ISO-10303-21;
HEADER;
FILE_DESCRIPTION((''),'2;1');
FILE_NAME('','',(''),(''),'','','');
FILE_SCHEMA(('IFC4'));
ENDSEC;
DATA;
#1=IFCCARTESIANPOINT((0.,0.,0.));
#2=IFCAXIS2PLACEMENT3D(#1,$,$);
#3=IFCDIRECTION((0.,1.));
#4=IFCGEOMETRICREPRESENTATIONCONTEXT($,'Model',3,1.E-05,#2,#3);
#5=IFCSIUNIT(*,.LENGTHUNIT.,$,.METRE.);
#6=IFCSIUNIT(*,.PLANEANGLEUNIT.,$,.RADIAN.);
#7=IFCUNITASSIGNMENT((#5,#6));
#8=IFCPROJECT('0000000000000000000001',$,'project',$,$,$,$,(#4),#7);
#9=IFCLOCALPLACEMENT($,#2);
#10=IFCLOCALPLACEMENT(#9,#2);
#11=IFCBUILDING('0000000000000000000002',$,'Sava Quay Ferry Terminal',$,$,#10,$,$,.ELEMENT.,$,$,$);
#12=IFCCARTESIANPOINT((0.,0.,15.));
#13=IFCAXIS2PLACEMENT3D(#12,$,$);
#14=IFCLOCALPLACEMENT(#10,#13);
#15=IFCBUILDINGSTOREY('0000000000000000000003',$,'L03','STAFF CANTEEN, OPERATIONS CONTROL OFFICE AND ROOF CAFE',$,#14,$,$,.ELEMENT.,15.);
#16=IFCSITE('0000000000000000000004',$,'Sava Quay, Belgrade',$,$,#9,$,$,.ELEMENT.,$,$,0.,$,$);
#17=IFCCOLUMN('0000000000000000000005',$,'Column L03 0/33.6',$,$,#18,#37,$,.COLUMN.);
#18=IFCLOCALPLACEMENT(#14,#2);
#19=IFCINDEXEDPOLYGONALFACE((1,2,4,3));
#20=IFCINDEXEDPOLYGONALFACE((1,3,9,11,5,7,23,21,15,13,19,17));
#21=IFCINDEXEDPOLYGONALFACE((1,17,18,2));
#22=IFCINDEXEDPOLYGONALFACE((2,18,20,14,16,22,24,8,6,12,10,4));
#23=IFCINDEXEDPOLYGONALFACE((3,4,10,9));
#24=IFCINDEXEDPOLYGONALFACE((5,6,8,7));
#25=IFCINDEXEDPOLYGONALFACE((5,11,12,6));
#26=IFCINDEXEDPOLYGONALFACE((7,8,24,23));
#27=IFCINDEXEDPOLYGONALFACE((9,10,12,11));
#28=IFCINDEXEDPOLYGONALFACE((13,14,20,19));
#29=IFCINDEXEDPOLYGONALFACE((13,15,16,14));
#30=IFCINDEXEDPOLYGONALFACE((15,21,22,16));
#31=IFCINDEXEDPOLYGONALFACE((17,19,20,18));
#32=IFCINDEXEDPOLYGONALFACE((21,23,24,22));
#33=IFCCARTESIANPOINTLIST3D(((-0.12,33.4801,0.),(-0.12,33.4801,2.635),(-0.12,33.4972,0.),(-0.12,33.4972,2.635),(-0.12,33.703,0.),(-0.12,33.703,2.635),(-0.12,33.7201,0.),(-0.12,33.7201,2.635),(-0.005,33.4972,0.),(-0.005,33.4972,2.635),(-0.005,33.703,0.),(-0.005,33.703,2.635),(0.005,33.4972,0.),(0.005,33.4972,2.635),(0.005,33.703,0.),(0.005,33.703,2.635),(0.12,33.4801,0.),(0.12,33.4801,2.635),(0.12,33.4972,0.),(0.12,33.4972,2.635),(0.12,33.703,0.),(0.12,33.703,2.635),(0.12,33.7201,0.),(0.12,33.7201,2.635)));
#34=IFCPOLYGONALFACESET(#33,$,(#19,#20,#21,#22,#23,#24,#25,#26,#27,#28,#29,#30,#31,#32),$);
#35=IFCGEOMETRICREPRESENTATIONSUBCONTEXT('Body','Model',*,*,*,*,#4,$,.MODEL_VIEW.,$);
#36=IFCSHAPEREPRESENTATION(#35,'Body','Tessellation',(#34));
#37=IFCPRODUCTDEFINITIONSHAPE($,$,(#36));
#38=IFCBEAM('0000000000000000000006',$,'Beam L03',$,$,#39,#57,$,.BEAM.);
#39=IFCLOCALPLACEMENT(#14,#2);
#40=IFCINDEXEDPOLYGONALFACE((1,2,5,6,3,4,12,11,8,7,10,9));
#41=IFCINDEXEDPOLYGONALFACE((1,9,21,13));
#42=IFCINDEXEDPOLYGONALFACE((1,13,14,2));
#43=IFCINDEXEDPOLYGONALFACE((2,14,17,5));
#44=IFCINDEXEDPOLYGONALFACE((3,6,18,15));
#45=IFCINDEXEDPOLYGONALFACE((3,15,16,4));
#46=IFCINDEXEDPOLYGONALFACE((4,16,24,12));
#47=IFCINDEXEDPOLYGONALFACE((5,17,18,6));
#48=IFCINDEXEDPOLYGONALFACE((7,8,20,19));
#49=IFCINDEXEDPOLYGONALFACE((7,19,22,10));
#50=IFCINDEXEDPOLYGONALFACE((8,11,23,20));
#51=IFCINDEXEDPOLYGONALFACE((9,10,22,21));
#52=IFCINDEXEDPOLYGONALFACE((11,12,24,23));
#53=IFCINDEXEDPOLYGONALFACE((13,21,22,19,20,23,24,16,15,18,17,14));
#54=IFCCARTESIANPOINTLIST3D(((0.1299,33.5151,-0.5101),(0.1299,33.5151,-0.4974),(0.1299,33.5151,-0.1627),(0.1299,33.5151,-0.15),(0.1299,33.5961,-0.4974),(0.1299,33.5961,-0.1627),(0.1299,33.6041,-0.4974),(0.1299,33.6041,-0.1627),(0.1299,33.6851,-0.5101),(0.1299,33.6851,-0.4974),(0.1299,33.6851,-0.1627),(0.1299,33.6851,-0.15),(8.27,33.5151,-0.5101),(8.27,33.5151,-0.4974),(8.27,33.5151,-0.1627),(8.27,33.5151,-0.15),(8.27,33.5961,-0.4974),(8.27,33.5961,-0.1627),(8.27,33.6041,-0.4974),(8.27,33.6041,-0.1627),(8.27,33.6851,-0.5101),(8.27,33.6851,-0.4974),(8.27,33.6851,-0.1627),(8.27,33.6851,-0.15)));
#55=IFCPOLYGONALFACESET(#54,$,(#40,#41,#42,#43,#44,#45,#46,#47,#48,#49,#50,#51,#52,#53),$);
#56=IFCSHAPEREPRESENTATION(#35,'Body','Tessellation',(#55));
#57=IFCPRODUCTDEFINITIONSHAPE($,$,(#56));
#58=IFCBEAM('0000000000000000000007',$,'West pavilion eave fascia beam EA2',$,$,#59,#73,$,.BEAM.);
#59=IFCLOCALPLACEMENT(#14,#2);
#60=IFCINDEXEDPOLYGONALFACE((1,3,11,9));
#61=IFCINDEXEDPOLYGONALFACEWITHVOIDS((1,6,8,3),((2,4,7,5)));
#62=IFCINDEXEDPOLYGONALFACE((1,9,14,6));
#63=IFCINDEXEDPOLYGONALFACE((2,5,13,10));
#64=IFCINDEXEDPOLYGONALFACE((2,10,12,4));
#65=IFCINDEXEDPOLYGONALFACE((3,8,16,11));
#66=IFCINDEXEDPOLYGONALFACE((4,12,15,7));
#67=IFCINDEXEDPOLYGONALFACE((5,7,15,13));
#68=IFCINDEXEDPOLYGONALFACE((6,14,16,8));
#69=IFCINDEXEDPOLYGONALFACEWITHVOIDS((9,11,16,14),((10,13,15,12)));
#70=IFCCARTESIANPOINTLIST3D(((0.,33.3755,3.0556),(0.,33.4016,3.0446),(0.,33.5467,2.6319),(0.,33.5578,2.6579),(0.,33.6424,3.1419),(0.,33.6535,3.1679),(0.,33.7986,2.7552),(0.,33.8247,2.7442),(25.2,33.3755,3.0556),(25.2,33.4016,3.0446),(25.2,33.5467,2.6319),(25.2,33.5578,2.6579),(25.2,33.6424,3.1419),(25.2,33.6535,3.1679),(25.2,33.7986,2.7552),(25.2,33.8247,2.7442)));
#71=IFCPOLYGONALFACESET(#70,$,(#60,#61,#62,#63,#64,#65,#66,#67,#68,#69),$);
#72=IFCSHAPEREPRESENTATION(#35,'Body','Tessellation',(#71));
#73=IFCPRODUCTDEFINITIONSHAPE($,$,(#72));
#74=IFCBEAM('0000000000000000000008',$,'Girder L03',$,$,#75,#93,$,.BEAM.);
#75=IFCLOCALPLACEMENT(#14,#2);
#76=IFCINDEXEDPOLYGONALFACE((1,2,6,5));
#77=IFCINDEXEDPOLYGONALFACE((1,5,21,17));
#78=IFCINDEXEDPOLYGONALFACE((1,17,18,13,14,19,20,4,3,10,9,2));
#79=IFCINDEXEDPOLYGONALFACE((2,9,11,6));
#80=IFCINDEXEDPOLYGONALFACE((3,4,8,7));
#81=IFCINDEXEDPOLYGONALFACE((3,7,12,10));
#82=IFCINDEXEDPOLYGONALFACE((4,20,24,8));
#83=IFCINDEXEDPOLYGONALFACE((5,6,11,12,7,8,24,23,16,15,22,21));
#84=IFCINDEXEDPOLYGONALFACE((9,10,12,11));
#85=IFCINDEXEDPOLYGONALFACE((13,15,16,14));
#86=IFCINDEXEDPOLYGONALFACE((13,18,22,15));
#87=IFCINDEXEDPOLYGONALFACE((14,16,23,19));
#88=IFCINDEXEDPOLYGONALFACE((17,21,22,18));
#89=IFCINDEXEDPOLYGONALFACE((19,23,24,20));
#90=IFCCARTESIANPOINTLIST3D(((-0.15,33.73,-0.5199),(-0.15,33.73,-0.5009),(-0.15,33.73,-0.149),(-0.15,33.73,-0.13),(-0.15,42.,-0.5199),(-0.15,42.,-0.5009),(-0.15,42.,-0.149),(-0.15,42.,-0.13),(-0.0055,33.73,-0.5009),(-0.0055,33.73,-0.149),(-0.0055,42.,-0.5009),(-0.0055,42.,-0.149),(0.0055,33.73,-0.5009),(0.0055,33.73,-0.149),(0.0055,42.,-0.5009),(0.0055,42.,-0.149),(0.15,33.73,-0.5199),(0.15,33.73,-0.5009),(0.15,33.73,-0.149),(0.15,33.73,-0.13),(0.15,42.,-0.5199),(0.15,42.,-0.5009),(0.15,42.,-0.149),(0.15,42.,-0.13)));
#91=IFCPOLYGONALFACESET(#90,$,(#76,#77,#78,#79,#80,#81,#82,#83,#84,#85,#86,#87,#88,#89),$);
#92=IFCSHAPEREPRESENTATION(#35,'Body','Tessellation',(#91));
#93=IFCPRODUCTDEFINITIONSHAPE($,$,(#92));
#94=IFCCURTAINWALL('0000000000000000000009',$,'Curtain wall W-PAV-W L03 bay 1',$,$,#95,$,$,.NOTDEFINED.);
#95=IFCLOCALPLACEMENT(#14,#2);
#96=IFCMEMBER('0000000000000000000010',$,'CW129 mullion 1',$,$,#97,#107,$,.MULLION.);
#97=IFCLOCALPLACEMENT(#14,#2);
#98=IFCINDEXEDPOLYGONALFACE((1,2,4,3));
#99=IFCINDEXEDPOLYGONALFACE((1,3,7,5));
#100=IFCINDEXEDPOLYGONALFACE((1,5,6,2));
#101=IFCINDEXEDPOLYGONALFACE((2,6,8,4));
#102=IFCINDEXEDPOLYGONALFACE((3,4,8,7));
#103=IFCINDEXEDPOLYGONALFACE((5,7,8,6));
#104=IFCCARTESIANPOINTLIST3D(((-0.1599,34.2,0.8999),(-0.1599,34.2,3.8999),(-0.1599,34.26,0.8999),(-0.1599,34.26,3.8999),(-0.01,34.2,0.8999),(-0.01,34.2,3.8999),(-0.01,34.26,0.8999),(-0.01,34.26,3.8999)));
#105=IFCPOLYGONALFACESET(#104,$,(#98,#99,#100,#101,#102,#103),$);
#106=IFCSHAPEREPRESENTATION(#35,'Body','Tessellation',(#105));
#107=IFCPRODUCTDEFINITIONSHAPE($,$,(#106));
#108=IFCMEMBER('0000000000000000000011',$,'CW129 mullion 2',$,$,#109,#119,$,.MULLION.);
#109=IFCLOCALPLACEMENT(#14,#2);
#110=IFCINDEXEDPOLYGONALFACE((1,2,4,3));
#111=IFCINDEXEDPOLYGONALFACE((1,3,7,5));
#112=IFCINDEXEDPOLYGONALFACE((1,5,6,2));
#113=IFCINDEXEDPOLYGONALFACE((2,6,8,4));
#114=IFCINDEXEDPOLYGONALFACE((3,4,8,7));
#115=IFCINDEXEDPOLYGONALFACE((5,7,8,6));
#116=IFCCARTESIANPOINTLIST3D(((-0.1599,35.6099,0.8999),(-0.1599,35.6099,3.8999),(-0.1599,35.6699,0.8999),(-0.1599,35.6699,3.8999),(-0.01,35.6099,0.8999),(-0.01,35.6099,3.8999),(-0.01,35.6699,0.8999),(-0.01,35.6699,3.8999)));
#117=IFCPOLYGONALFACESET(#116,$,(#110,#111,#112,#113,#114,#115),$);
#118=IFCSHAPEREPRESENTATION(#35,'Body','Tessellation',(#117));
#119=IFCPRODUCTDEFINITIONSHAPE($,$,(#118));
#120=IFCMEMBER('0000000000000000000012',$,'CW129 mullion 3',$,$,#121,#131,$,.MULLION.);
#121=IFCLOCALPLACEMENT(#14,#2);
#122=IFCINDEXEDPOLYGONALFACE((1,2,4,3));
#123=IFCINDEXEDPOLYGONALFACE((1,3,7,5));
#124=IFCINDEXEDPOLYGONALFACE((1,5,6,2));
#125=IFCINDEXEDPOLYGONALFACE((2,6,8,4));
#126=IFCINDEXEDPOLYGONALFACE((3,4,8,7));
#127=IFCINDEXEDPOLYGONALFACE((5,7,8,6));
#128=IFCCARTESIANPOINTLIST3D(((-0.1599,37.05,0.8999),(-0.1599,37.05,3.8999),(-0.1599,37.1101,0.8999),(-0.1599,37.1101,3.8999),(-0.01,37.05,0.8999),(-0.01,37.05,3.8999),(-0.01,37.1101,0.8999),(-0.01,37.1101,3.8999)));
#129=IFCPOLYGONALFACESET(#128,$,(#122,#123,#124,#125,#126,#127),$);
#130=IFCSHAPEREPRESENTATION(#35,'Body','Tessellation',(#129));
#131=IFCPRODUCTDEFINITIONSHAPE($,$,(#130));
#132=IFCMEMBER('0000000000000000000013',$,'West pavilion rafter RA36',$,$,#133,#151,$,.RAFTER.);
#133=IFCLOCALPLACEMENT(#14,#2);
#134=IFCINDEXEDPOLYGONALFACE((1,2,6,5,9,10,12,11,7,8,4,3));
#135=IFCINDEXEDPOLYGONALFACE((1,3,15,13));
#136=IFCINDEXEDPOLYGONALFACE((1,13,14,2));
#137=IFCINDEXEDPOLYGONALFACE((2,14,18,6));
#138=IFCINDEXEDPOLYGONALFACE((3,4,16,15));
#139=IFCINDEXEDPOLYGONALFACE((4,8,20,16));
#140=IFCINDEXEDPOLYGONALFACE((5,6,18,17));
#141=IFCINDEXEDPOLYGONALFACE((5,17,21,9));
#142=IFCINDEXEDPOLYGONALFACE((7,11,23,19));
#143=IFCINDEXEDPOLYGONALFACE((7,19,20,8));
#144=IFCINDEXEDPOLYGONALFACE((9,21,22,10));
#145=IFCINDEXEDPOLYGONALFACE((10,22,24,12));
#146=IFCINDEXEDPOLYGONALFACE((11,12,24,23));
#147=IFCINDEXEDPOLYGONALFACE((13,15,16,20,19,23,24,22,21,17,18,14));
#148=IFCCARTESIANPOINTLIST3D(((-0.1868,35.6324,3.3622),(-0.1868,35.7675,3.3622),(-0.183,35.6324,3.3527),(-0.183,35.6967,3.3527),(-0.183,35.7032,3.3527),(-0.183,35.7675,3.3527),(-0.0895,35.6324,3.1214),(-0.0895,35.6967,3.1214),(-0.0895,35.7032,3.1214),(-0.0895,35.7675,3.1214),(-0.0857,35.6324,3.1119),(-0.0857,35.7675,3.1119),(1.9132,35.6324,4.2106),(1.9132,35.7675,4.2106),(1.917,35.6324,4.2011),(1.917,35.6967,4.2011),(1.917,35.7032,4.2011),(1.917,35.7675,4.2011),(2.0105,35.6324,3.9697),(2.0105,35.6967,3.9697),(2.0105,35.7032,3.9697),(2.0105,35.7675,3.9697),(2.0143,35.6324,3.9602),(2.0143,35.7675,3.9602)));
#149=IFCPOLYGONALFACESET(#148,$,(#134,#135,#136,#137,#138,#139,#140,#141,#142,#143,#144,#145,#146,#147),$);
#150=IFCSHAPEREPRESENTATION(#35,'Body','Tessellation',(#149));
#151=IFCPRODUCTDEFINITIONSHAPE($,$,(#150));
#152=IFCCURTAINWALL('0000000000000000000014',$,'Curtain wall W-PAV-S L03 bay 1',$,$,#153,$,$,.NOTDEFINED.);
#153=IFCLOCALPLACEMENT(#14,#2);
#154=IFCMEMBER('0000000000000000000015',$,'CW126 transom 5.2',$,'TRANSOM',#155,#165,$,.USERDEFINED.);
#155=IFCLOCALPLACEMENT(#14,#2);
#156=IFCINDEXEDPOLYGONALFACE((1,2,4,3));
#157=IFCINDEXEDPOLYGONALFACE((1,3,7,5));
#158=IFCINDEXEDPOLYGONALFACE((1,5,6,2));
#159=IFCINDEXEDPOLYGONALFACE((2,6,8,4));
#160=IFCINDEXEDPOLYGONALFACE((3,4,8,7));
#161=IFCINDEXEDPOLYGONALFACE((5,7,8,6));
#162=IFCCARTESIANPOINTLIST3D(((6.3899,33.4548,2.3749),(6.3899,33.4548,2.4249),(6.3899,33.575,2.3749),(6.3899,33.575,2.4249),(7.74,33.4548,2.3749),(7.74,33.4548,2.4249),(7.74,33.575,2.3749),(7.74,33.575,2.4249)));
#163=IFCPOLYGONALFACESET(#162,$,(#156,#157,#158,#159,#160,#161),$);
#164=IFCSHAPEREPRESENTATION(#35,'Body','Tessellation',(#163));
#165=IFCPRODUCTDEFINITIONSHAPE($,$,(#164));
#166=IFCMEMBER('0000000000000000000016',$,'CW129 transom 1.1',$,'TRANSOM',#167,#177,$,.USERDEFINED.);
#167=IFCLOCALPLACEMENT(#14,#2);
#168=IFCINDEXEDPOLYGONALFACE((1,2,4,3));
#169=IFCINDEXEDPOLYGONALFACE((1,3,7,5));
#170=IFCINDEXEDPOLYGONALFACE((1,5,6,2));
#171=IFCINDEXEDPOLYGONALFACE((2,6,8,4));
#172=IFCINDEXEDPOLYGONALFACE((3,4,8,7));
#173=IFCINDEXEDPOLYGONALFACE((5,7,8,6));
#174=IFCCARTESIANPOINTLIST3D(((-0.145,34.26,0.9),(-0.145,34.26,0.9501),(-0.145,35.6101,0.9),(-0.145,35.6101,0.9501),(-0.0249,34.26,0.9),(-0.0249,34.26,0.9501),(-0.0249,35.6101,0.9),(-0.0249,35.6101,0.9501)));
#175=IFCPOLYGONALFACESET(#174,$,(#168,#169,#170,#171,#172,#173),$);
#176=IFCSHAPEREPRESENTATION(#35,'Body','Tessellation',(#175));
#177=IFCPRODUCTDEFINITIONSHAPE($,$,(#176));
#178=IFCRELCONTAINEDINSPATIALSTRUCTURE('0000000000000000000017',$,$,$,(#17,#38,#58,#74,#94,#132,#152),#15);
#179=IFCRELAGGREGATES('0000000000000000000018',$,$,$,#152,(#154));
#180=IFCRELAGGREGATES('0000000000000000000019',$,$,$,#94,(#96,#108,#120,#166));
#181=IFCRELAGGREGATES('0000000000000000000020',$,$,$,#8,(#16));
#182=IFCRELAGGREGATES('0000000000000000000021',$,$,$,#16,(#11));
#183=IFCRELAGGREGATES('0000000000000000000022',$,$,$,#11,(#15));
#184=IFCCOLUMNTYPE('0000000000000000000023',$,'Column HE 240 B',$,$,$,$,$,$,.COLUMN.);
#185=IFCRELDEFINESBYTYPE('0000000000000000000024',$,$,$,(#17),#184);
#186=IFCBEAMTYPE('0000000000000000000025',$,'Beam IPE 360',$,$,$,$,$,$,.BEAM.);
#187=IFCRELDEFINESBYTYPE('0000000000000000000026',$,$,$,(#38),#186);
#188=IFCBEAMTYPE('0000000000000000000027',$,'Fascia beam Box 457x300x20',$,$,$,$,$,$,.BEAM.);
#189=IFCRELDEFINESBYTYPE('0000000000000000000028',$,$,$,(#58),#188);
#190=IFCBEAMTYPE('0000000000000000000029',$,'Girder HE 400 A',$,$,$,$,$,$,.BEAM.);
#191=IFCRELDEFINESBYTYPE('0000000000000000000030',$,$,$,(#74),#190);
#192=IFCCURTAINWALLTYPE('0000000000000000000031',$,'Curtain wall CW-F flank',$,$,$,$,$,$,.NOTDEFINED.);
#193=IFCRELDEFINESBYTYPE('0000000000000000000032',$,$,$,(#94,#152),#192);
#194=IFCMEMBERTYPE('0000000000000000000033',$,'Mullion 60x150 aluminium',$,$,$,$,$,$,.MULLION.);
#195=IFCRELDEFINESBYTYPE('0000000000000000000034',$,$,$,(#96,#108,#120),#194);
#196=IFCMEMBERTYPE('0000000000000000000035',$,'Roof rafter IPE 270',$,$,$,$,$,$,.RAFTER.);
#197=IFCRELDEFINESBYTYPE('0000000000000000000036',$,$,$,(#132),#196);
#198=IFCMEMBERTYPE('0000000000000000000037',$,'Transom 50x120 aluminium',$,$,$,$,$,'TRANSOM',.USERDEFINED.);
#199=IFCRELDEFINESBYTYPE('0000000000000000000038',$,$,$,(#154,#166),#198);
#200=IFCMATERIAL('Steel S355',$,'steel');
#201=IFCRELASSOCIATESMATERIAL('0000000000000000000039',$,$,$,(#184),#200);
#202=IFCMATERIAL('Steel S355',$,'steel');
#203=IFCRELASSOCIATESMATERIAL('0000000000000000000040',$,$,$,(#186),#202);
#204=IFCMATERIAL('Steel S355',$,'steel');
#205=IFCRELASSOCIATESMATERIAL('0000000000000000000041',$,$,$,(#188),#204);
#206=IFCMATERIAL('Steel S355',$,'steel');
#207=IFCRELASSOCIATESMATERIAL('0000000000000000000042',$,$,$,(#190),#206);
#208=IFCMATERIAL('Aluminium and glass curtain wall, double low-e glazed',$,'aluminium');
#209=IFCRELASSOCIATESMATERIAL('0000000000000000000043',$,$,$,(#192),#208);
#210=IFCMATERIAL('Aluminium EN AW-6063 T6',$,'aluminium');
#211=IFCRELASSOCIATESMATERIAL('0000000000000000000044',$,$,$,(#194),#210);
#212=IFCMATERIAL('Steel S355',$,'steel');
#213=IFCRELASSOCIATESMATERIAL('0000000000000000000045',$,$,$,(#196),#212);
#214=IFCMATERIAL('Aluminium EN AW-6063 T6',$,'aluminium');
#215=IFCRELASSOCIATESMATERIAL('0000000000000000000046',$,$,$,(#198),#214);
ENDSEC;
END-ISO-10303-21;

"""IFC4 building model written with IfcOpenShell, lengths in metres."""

from ifc_helpers import new_model, si_unit, direction, frame, origin, origin_2d, place, context, subcontext, project, spatial, polyline, rectangle, i_section, outline, extrude, material, material_profile, profile_set, type_object, element, aggregate, save


model = new_model("IFC4")

# Units and contexts
model_context = context("Model", 3, precision=1e-05, world=origin(), true_north=direction((0.0, 1.0)))
body_context = subcontext(model_context, "Body", "Model", "MODEL_VIEW")
ifc_project = project(units=[si_unit("LENGTHUNIT", "METRE"), si_unit("PLANEANGLEUNIT", "RADIAN")], contexts=[model_context])

# Site, building, storey
site_placement = place(None, origin())
site = spatial("IfcSite", under=ifc_project, at=site_placement, Name="Sava Quay, Belgrade", CompositionType="ELEMENT", RefElevation=0.0)
building_placement = place(site_placement, origin())
building = spatial("IfcBuilding", under=site, at=building_placement, Name="Sava Quay Ferry Terminal", CompositionType="ELEMENT")
storey_placement = place(building_placement, frame((0.0, 0.0, 15.0)))
storey = spatial("IfcBuildingStorey", under=building, at=storey_placement, Name="L03", Description="STAFF CANTEEN, OPERATIONS CONTROL OFFICE AND ROOF CAFE", CompositionType="ELEMENT", Elevation=15.0)

# Column
ifc_material_1 = material(Name="Steel S355", Category="steel")
ifc_material_profile_1 = material_profile(ifc_material_1, i_section(OverallWidth=0.24, OverallDepth=0.24, WebThickness=0.01, FlangeThickness=0.0171, at=origin_2d()), Name="HE 240 B")
ifc_profile_set_1 = profile_set([ifc_material_profile_1], Name="Steel S355")
column_type = type_object("IfcColumnType", Name="Column HE 240 B", PredefinedType="COLUMN", material=ifc_profile_set_1)
column_placement = place(storey_placement, frame((0.0, 33.6001, 0.0), z_axis=(0.0, 0.0, 1.0), x_axis=(1.0, 0.0, 0.0)))
element("IfcColumn", 1, at=column_placement, inside=storey, type_object=column_type, Name="Column L03 0/33.6", PredefinedType="COLUMN", context=body_context, shape_type="SweptSolid", body=[
    extrude(i_section(OverallWidth=0.24, OverallDepth=0.24, WebThickness=0.01, FlangeThickness=0.0171, at=origin_2d()), origin(), (0.0, 0.0, 1.0), 2.635),
])

# Beams
ifc_material_2 = material(Name="Steel S355", Category="steel")
ifc_material_profile_2 = material_profile(ifc_material_2, i_section(OverallWidth=0.1699, OverallDepth=0.3601, WebThickness=0.0081, FlangeThickness=0.0127, at=origin_2d()), Name="IPE 360")
ifc_profile_set_2 = profile_set([ifc_material_profile_2], Name="Steel S355")
beam_type_1 = type_object("IfcBeamType", Name="Beam IPE 360", PredefinedType="BEAM", material=ifc_profile_set_2)
beam_1_placement = place(storey_placement, frame((0.1299, 33.6001, -0.3301), z_axis=(1.0, 0.0, 0.0), x_axis=(0.0, 1.0, 0.0)))
element("IfcBeam", 2, at=beam_1_placement, inside=storey, type_object=beam_type_1, Name="Beam L03", PredefinedType="BEAM", context=body_context, shape_type="SweptSolid", body=[
    extrude(i_section(OverallWidth=0.1699, OverallDepth=0.3601, WebThickness=0.0081, FlangeThickness=0.0127, at=origin_2d()), origin(), (0.0, 0.0, 1.0), 8.1401),
])
ifc_material_3 = material(Name="Steel S355", Category="steel")
ifc_material_profile_3 = material_profile(ifc_material_3, outline(polyline([(-0.1499, -0.2285), (0.1499, -0.2285), (0.1499, 0.2285), (-0.1499, 0.2285), (-0.1499, -0.2285)]), holes=[polyline([(-0.1299, -0.2085), (-0.1299, 0.2085), (0.1299, 0.2085), (0.1299, -0.2085), (-0.1299, -0.2085)])]), Name="Box 457x300x20 built-up")
ifc_profile_set_3 = profile_set([ifc_material_profile_3], Name="Steel S355")
beam_type_2 = type_object("IfcBeamType", Name="Fascia beam Box 457x300x20", PredefinedType="BEAM", material=ifc_profile_set_3)
beam_2_placement = place(storey_placement, frame((0.0, 33.6001, 2.8999), z_axis=(1.0, 0.0, 0.0), x_axis=(0.0, 0.927184, 0.374607)))
element("IfcBeam", 3, at=beam_2_placement, inside=storey, type_object=beam_type_2, Name="West pavilion eave fascia beam EA2", PredefinedType="BEAM", context=body_context, shape_type="SweptSolid", body=[
    extrude(outline(polyline([(-0.1499, -0.2285), (0.1499, -0.2285), (0.1499, 0.2285), (-0.1499, 0.2285), (-0.1499, -0.2285)]), holes=[polyline([(-0.1299, -0.2085), (-0.1299, 0.2085), (0.1299, 0.2085), (0.1299, -0.2085), (-0.1299, -0.2085)])]), origin(), (0.0, 0.0, 1.0), 25.2),
])
ifc_material_4 = material(Name="Steel S355", Category="steel")
ifc_material_profile_4 = material_profile(ifc_material_4, i_section(OverallWidth=0.3, OverallDepth=0.3899, WebThickness=0.011, FlangeThickness=0.019, at=origin_2d()), Name="HE 400 A")
ifc_profile_set_4 = profile_set([ifc_material_profile_4], Name="Steel S355")
beam_type_3 = type_object("IfcBeamType", Name="Girder HE 400 A", PredefinedType="BEAM", material=ifc_profile_set_4)
beam_3_placement = place(storey_placement, frame((0.0, 33.73, -0.325), z_axis=(0.0, 1.0, 0.0), x_axis=(-1.0, 0.0, 0.0)))
element("IfcBeam", 4, at=beam_3_placement, inside=storey, type_object=beam_type_3, Name="Girder L03", PredefinedType="BEAM", context=body_context, shape_type="SweptSolid", body=[
    extrude(i_section(OverallWidth=0.3, OverallDepth=0.3899, WebThickness=0.011, FlangeThickness=0.019, at=origin_2d()), origin(), (0.0, 0.0, 1.0), 8.27),
])

# Curtain wall, members
ifc_material_5 = material(Name="Aluminium and glass curtain wall, double low-e glazed", Category="aluminium")
curtain_wall_type = type_object("IfcCurtainWallType", Name="Curtain wall CW-F flank", PredefinedType="NOTDEFINED", material=ifc_material_5)
curtain_wall_1_placement = place(storey_placement, origin())
curtain_wall_1 = element("IfcCurtainWall", 5, at=curtain_wall_1_placement, inside=storey, type_object=curtain_wall_type, Name="Curtain wall W-PAV-W L03 bay 1", PredefinedType="NOTDEFINED")
ifc_material_6 = material(Name="Aluminium EN AW-6063 T6", Category="aluminium")
ifc_material_profile_5 = material_profile(ifc_material_6, rectangle(XDim=0.1499, YDim=0.0601, at=origin_2d()), Name="Mullion 60x150 aluminium")
ifc_profile_set_5 = profile_set([ifc_material_profile_5], Name="Aluminium EN AW-6063 T6")
member_type_1 = type_object("IfcMemberType", Name="Mullion 60x150 aluminium", PredefinedType="MULLION", material=ifc_profile_set_5)
member_1_placement = place(storey_placement, frame((-0.085, 34.23, 0.8999), z_axis=(0.0, 0.0, 1.0), x_axis=(-1.0, 0.0, 0.0)))
member_1 = element("IfcMember", 6, at=member_1_placement, type_object=member_type_1, Name="CW129 mullion 1", PredefinedType="MULLION", context=body_context, shape_type="SweptSolid", body=[
    extrude(rectangle(XDim=0.1499, YDim=0.0601, at=origin_2d()), origin(), (0.0, 0.0, 1.0), 3.0),
])
member_2_placement = place(storey_placement, frame((-0.085, 35.6399, 0.8999), z_axis=(0.0, 0.0, 1.0), x_axis=(-1.0, 0.0, 0.0)))
member_2 = element("IfcMember", 7, at=member_2_placement, type_object=member_type_1, Name="CW129 mullion 2", PredefinedType="MULLION", context=body_context, shape_type="SweptSolid", body=[
    extrude(rectangle(XDim=0.1499, YDim=0.0601, at=origin_2d()), origin(), (0.0, 0.0, 1.0), 3.0),
])
member_3_placement = place(storey_placement, frame((-0.085, 37.0801, 0.8999), z_axis=(0.0, 0.0, 1.0), x_axis=(-1.0, 0.0, 0.0)))
member_3 = element("IfcMember", 8, at=member_3_placement, type_object=member_type_1, Name="CW129 mullion 3", PredefinedType="MULLION", context=body_context, shape_type="SweptSolid", body=[
    extrude(rectangle(XDim=0.1499, YDim=0.0601, at=origin_2d()), origin(), (0.0, 0.0, 1.0), 3.0),
])

# Member
ifc_material_7 = material(Name="Steel S355", Category="steel")
ifc_material_profile_6 = material_profile(ifc_material_7, i_section(OverallWidth=0.135, OverallDepth=0.27, WebThickness=0.0066, FlangeThickness=0.0103, at=origin_2d()), Name="IPE 270")
ifc_profile_set_6 = profile_set([ifc_material_profile_6], Name="Steel S355")
member_type_2 = type_object("IfcMemberType", Name="Roof rafter IPE 270", PredefinedType="RAFTER", material=ifc_profile_set_6)
member_4_placement = place(storey_placement, frame((-0.1362, 35.7, 3.2371), z_axis=(0.9272, 0.0, 0.374566), x_axis=(0.0, 1.0, 0.0)))
element("IfcMember", 9, at=member_4_placement, inside=storey, type_object=member_type_2, Name="West pavilion rafter RA36", PredefinedType="RAFTER", context=body_context, shape_type="SweptSolid", body=[
    extrude(i_section(OverallWidth=0.135, OverallDepth=0.27, WebThickness=0.0066, FlangeThickness=0.0103, at=origin_2d()), origin(), (0.0, 0.0, 1.0), 2.2649),
])

# Curtain wall, member
curtain_wall_2_placement = place(storey_placement, origin())
curtain_wall_2 = element("IfcCurtainWall", 10, at=curtain_wall_2_placement, inside=storey, type_object=curtain_wall_type, Name="Curtain wall W-PAV-S L03 bay 1", PredefinedType="NOTDEFINED")
ifc_material_8 = material(Name="Aluminium EN AW-6063 T6", Category="aluminium")
ifc_material_profile_7 = material_profile(ifc_material_8, rectangle(XDim=0.1201, YDim=0.05, at=origin_2d()), Name="Transom 50x120 aluminium")
ifc_profile_set_7 = profile_set([ifc_material_profile_7], Name="Aluminium EN AW-6063 T6")
member_type_3 = type_object("IfcMemberType", Name="Transom 50x120 aluminium", ElementType="TRANSOM", PredefinedType="USERDEFINED", material=ifc_profile_set_7)
member_5_placement = place(storey_placement, frame((6.3899, 33.5149, 2.3999), z_axis=(1.0, 0.0, 0.0), x_axis=(0.0, 1.0, 0.0)))
member_5 = element("IfcMember", 11, at=member_5_placement, type_object=member_type_3, Name="CW126 transom 5.2", ObjectType="TRANSOM", PredefinedType="USERDEFINED", context=body_context, shape_type="SweptSolid", body=[
    extrude(rectangle(XDim=0.1201, YDim=0.05, at=origin_2d()), origin(), (0.0, 0.0, 1.0), 1.3501),
])
aggregate(curtain_wall_2, [member_5])

# Member
member_6_placement = place(storey_placement, frame((-0.085, 34.26, 0.925), z_axis=(0.0, 1.0, 0.0), x_axis=(-1.0, 0.0, 0.0)))
member_6 = element("IfcMember", 12, at=member_6_placement, type_object=member_type_3, Name="CW129 transom 1.1", ObjectType="TRANSOM", PredefinedType="USERDEFINED", context=body_context, shape_type="SweptSolid", body=[
    extrude(rectangle(XDim=0.1201, YDim=0.05, at=origin_2d()), origin(), (0.0, 0.0, 1.0), 1.3501),
])

aggregate(curtain_wall_1, [member_1, member_2, member_3, member_6])

save(model, "model.ifc")
